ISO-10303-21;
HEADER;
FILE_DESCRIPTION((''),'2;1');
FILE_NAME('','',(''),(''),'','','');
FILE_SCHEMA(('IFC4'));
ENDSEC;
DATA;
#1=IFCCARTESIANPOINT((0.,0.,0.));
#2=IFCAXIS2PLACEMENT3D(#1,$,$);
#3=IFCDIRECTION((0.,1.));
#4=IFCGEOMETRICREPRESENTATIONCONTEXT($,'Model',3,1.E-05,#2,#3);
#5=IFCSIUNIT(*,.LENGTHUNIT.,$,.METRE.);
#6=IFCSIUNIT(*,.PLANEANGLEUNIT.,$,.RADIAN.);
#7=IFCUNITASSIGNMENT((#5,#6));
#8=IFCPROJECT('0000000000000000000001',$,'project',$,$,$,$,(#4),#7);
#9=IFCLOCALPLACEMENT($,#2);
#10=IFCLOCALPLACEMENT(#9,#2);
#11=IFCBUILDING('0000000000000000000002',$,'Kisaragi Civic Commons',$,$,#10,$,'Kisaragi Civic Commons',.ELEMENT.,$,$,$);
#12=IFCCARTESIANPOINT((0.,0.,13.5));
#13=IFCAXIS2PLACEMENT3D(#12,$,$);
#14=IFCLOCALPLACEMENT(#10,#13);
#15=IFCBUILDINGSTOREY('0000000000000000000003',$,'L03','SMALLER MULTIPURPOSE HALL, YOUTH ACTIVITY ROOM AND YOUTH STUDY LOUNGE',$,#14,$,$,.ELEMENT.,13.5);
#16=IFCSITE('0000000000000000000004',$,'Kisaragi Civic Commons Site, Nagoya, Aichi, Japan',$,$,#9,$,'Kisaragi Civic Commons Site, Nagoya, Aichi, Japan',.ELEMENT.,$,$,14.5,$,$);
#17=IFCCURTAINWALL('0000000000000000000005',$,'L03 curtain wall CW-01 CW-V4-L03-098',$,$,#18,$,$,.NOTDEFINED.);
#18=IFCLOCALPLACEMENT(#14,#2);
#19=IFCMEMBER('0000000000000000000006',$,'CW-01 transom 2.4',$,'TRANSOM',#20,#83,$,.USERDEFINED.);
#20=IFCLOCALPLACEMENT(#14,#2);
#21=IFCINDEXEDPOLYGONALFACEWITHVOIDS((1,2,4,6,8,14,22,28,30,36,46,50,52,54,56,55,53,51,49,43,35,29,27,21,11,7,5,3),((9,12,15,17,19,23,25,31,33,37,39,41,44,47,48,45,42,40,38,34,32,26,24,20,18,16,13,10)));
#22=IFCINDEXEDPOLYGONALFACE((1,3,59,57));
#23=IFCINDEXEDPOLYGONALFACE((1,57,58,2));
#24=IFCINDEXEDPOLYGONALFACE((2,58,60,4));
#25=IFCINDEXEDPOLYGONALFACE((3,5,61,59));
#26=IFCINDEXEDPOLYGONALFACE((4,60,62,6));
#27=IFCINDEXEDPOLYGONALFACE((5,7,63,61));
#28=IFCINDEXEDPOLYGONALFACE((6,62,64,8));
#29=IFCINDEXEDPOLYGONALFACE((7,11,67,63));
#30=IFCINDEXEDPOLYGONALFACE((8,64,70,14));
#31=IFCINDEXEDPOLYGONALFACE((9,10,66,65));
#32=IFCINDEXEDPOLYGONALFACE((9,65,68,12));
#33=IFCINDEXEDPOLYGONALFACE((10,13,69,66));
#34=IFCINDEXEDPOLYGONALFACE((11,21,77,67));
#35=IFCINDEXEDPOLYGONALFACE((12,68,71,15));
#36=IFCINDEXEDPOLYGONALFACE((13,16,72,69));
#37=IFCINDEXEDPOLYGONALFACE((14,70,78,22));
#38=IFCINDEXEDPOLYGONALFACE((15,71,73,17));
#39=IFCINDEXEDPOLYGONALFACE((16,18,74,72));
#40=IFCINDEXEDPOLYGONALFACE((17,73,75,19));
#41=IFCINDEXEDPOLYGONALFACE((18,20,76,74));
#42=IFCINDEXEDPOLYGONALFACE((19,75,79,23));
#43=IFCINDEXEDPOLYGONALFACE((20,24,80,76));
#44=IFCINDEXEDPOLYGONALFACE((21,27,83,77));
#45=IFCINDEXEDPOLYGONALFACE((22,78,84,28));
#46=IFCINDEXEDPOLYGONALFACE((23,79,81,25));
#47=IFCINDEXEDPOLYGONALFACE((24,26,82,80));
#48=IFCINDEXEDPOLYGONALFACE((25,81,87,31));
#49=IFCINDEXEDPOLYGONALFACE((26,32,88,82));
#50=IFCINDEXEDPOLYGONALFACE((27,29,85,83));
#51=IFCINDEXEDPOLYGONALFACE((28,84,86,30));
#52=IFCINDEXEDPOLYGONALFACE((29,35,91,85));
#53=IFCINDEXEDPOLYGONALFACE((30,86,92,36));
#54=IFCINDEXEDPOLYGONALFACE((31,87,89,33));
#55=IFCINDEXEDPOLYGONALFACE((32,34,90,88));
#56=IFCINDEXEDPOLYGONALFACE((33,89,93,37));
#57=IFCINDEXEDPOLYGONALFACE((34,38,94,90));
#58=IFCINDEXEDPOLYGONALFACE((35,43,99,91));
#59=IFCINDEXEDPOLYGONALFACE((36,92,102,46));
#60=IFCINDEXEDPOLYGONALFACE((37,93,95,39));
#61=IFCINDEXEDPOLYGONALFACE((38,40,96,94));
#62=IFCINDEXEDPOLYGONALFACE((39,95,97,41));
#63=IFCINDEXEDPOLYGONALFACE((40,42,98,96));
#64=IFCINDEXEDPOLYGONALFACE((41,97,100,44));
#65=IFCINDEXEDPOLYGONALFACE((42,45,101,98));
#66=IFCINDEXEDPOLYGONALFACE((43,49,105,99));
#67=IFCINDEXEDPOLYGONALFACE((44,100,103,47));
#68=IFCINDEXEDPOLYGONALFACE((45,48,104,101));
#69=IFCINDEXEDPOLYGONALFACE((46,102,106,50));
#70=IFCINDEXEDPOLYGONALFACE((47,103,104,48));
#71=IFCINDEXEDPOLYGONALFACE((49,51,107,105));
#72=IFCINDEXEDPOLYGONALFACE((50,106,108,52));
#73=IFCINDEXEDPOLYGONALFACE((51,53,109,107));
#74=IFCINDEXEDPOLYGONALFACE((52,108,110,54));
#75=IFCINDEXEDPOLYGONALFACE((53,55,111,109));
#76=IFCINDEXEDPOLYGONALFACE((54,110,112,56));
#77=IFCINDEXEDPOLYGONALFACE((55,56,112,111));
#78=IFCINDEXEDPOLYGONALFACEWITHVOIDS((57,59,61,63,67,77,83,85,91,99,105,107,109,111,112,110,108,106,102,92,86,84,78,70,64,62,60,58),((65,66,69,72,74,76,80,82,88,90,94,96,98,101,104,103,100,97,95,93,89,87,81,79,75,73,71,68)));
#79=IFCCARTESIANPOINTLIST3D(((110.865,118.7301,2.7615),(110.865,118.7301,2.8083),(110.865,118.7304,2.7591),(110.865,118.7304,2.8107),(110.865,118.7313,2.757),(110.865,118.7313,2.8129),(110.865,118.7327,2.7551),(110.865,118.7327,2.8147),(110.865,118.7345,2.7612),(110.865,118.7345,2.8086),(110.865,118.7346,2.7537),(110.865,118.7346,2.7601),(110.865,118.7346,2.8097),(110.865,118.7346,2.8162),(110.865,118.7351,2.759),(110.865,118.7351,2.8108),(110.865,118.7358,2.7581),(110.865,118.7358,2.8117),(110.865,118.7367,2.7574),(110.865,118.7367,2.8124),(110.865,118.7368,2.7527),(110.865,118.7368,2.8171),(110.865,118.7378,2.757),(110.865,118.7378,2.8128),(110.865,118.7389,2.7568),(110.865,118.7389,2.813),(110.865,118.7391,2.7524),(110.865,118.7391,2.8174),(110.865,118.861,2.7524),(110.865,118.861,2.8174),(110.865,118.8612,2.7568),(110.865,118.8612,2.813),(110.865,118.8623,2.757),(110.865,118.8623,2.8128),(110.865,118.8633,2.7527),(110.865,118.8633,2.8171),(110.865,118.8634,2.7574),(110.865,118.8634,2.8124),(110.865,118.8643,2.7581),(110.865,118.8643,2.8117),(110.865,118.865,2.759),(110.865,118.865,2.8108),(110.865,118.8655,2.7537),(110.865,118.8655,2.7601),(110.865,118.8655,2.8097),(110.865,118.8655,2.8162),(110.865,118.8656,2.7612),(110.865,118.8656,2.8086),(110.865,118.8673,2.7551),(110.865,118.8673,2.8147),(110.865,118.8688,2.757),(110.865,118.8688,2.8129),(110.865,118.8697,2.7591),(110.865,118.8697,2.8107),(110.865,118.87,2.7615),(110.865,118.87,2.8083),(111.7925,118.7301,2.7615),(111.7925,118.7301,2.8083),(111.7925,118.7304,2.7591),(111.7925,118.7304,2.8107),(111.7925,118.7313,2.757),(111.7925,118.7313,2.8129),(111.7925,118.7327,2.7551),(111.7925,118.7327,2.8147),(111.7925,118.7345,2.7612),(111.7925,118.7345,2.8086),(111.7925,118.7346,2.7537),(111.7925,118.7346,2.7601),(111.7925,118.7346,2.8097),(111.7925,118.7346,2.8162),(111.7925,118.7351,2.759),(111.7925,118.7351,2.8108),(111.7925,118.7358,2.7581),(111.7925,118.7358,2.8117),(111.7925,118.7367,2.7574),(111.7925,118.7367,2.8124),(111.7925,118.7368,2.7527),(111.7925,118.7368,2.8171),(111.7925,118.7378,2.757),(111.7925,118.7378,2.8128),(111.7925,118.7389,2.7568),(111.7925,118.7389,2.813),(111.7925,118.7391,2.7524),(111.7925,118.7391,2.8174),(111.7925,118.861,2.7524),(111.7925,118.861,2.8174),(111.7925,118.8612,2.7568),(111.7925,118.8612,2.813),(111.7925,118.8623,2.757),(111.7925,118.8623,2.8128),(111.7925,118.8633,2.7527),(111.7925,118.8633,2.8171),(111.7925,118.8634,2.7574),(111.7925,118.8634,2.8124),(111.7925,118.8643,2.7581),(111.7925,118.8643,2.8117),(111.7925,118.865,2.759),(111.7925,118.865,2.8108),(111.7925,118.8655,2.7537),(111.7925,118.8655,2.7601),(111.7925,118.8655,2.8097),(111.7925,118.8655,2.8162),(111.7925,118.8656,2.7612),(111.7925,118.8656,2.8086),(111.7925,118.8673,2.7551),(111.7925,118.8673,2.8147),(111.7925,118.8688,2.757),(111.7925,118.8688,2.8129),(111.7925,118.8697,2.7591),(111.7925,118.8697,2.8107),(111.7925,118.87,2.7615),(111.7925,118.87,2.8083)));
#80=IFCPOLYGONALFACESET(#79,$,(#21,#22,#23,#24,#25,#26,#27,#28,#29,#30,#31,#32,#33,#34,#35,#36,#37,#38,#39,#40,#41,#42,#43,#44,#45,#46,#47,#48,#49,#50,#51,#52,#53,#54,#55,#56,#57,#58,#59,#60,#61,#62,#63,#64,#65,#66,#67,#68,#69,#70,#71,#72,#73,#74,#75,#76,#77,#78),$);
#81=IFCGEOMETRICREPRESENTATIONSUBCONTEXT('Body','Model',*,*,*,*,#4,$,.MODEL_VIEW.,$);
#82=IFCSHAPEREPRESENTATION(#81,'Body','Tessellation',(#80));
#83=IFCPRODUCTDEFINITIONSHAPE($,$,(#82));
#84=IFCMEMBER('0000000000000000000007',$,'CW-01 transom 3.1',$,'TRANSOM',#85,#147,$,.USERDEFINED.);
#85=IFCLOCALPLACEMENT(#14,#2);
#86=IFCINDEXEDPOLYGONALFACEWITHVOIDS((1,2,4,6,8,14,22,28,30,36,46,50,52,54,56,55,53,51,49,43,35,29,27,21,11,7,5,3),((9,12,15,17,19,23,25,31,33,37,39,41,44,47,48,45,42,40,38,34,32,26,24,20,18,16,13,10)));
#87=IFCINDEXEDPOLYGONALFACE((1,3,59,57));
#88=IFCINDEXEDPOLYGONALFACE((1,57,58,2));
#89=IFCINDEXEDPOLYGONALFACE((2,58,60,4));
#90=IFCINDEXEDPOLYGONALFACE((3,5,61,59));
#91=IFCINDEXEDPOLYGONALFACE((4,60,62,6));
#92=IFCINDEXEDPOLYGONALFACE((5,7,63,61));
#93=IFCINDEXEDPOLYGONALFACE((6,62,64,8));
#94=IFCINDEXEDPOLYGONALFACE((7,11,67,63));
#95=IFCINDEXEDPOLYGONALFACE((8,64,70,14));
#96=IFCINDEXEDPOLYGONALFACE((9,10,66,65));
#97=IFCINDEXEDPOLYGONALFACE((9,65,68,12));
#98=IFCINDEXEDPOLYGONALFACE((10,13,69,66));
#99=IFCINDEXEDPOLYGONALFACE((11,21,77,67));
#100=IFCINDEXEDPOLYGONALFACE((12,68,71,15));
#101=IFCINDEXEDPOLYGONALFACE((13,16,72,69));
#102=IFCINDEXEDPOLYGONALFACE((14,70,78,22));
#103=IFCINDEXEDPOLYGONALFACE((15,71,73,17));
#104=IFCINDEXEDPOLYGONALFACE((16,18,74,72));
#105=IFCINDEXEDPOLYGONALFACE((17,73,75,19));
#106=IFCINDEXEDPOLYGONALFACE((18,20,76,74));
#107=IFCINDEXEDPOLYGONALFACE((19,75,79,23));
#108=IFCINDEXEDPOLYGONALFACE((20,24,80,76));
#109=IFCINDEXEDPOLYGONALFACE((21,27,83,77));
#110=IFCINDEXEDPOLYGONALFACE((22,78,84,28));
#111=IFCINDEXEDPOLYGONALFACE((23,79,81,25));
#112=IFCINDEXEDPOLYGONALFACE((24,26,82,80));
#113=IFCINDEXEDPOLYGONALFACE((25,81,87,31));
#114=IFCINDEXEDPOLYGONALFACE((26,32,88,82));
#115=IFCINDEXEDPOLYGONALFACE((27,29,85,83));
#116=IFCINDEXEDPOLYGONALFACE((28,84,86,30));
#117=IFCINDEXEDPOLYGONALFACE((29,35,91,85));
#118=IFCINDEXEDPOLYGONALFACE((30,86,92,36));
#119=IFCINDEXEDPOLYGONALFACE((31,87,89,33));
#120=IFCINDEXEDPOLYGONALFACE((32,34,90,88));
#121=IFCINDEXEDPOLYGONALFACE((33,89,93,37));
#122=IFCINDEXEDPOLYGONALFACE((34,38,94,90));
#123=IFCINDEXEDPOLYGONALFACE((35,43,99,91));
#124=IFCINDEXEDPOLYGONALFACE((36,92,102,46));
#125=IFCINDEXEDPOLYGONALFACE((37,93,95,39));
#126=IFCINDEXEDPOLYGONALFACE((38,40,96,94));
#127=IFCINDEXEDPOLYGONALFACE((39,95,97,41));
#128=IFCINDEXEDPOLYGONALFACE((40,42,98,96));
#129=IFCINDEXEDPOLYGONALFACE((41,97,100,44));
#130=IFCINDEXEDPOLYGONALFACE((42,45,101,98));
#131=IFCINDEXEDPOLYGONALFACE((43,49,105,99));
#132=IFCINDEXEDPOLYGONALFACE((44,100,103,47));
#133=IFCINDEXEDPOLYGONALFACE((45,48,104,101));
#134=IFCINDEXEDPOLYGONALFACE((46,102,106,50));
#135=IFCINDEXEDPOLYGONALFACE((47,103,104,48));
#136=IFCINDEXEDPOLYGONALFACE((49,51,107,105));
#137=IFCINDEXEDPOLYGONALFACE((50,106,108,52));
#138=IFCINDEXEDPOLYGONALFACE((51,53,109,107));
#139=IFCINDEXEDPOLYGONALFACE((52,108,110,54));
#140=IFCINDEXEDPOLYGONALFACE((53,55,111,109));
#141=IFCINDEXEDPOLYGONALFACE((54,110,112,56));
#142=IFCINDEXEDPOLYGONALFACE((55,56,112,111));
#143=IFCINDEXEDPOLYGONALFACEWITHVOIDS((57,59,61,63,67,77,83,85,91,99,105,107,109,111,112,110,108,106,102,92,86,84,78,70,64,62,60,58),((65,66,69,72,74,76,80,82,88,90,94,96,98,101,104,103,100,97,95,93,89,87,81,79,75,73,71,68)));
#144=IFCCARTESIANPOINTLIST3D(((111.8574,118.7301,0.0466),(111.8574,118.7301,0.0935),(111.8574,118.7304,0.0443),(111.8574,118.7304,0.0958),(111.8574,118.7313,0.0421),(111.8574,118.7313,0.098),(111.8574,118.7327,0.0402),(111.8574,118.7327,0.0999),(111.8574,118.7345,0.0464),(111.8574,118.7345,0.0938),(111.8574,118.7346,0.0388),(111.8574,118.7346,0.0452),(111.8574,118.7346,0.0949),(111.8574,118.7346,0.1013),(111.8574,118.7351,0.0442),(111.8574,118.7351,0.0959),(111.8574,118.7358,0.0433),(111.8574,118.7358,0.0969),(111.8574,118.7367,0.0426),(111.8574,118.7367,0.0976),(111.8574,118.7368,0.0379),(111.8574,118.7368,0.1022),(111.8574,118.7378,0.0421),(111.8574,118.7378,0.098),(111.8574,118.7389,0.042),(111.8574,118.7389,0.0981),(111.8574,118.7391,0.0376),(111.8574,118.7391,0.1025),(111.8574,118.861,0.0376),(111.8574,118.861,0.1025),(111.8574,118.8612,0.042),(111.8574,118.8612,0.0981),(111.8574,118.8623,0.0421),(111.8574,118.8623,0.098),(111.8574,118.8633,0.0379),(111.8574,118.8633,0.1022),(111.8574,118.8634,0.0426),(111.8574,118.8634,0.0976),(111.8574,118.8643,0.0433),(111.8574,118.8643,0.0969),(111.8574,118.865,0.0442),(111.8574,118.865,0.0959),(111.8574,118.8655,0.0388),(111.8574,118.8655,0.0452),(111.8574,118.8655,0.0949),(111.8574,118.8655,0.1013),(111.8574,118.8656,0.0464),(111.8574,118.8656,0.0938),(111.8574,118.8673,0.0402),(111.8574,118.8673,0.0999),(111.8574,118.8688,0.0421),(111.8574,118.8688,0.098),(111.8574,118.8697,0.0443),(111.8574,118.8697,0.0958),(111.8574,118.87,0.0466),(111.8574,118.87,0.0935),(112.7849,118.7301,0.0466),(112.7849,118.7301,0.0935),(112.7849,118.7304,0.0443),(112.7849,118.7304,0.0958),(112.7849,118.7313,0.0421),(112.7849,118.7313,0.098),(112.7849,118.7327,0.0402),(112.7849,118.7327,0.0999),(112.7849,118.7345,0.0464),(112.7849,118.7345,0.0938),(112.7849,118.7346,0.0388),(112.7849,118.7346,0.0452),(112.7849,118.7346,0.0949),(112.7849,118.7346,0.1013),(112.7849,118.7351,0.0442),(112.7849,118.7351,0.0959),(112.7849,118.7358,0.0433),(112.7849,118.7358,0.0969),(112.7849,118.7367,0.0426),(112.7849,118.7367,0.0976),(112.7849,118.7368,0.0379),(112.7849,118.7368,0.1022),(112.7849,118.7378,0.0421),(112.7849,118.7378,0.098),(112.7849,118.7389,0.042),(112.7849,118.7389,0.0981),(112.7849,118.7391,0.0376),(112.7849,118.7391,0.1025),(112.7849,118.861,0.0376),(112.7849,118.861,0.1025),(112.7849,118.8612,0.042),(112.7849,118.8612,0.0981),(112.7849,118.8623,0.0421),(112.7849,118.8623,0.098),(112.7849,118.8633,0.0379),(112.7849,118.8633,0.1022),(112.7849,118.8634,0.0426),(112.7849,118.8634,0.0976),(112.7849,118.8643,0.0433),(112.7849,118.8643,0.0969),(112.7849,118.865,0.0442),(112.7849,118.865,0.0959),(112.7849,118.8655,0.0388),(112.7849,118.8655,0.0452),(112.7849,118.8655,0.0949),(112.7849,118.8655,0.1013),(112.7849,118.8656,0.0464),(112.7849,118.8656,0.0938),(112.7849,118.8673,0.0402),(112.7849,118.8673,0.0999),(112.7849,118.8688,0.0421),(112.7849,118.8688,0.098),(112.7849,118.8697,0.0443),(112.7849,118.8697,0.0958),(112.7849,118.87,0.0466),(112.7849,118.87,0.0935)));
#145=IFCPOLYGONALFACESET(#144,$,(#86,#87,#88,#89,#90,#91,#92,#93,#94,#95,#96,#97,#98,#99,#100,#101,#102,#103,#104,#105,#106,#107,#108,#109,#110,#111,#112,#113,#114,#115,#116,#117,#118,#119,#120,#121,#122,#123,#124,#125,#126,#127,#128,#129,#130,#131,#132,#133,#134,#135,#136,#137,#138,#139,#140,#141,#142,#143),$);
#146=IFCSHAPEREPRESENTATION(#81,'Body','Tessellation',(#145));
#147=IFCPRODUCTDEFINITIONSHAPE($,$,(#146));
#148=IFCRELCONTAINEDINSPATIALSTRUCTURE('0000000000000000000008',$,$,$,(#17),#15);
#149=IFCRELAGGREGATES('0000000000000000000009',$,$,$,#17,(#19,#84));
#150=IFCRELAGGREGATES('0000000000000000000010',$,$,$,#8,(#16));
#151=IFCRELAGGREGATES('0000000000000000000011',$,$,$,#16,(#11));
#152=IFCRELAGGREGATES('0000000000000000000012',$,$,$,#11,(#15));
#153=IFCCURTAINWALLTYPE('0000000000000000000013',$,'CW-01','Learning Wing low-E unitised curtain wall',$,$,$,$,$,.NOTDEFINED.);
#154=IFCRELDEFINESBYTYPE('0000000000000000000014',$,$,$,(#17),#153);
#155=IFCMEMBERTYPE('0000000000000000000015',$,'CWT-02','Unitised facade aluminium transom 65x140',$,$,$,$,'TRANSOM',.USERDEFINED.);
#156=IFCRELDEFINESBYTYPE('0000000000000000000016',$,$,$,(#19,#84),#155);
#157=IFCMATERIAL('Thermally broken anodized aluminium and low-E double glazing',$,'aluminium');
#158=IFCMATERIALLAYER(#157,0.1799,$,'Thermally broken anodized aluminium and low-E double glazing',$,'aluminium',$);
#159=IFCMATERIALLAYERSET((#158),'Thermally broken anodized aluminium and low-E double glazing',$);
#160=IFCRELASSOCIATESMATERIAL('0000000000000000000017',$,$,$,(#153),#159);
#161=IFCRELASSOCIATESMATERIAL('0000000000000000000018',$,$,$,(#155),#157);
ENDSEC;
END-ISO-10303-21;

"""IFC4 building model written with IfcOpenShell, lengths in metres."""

from ifc_helpers import new_model, si_unit, direction, frame, origin, origin_2d, place, context, subcontext, project, spatial, hollow_rectangle, extrude, material, layer, layer_set, material_profile, profile_set, type_object, element, aggregate, save


model = new_model("IFC4")

# Units and contexts
model_context = context("Model", 3, precision=1e-05, world=origin(), true_north=direction((0.0, 1.0)))
body_context = subcontext(model_context, "Body", "Model", "MODEL_VIEW")
ifc_project = project(units=[si_unit("LENGTHUNIT", "METRE"), si_unit("PLANEANGLEUNIT", "RADIAN")], contexts=[model_context])

# Site, building, storey
site_placement = place(None, origin())
site = spatial("IfcSite", under=ifc_project, at=site_placement, Name="Kisaragi Civic Commons Site, Nagoya, Aichi, Japan", LongName="Kisaragi Civic Commons Site, Nagoya, Aichi, Japan", CompositionType="ELEMENT", RefElevation=14.5)
building_placement = place(site_placement, origin())
building = spatial("IfcBuilding", under=site, at=building_placement, Name="Kisaragi Civic Commons", LongName="Kisaragi Civic Commons", CompositionType="ELEMENT")
storey_placement = place(building_placement, frame((0.0, 0.0, 13.5)))
storey = spatial("IfcBuildingStorey", under=building, at=storey_placement, Name="L03", Description="SMALLER MULTIPURPOSE HALL, YOUTH ACTIVITY ROOM AND YOUTH STUDY LOUNGE", CompositionType="ELEMENT", Elevation=13.5)

# Curtain wall, members
ifc_material = material(Name="Thermally broken anodized aluminium and low-E double glazing", Category="aluminium")
ifc_layer_1 = layer(ifc_material, 0.1799, Name="Thermally broken anodized aluminium and low-E double glazing", Category="aluminium")
ifc_layer_set_1 = layer_set([ifc_layer_1], Name="Thermally broken anodized aluminium and low-E double glazing")
curtain_wall_type = type_object("IfcCurtainWallType", Name="CW-01", Description="Learning Wing low-E unitised curtain wall", PredefinedType="NOTDEFINED", material=ifc_layer_set_1)
curtain_wall_placement = place(storey_placement, origin())
curtain_wall = element("IfcCurtainWall", 1, at=curtain_wall_placement, inside=storey, type_object=curtain_wall_type, Name="L03 curtain wall CW-01 CW-V4-L03-098", PredefinedType="NOTDEFINED")
ifc_material_profile_1 = material_profile(ifc_material, hollow_rectangle(XDim=0.1399, YDim=0.0649, WallThickness=0.0044, InnerFilletRadius=0.0044, OuterFilletRadius=0.009, at=origin_2d()), Name="CWT-65x140x4.5", Category="aluminium")
ifc_profile_set_1 = profile_set([ifc_material_profile_1], Name="Thermally broken anodized aluminium and low-E double glazing")
member_type_1 = type_object("IfcMemberType", Name="CWT-02", Description="Unitised facade aluminium transom 65x140", ElementType="TRANSOM", PredefinedType="USERDEFINED", material=ifc_profile_set_1)
member_1_placement = place(storey_placement, frame((110.865, 118.8, 2.7849), z_axis=(1.0, 0.0, 0.0), x_axis=(0.0, 1.0, 0.0)))
member_1 = element("IfcMember", 2, at=member_1_placement, type_object=member_type_1, Name="CW-01 transom 2.4", ObjectType="TRANSOM", PredefinedType="USERDEFINED", context=body_context, shape_type="SweptSolid", body=[
    extrude(hollow_rectangle(XDim=0.1399, YDim=0.0649, WallThickness=0.0044, InnerFilletRadius=0.0044, OuterFilletRadius=0.009, at=origin_2d()), origin(), (0.0, 0.0, 1.0), 0.9275),
])
member_2_placement = place(storey_placement, frame((111.8574, 118.8, 0.0701), z_axis=(1.0, 0.0, 0.0), x_axis=(0.0, 1.0, 0.0)))
member_2 = element("IfcMember", 3, at=member_2_placement, type_object=member_type_1, Name="CW-01 transom 3.1", ObjectType="TRANSOM", PredefinedType="USERDEFINED", context=body_context, shape_type="SweptSolid", body=[
    extrude(hollow_rectangle(XDim=0.1399, YDim=0.0649, WallThickness=0.0044, InnerFilletRadius=0.0044, OuterFilletRadius=0.009, at=origin_2d()), origin(), (0.0, 0.0, 1.0), 0.9275),
])
aggregate(curtain_wall, [member_1, member_2])

save(model, "model.ifc")
